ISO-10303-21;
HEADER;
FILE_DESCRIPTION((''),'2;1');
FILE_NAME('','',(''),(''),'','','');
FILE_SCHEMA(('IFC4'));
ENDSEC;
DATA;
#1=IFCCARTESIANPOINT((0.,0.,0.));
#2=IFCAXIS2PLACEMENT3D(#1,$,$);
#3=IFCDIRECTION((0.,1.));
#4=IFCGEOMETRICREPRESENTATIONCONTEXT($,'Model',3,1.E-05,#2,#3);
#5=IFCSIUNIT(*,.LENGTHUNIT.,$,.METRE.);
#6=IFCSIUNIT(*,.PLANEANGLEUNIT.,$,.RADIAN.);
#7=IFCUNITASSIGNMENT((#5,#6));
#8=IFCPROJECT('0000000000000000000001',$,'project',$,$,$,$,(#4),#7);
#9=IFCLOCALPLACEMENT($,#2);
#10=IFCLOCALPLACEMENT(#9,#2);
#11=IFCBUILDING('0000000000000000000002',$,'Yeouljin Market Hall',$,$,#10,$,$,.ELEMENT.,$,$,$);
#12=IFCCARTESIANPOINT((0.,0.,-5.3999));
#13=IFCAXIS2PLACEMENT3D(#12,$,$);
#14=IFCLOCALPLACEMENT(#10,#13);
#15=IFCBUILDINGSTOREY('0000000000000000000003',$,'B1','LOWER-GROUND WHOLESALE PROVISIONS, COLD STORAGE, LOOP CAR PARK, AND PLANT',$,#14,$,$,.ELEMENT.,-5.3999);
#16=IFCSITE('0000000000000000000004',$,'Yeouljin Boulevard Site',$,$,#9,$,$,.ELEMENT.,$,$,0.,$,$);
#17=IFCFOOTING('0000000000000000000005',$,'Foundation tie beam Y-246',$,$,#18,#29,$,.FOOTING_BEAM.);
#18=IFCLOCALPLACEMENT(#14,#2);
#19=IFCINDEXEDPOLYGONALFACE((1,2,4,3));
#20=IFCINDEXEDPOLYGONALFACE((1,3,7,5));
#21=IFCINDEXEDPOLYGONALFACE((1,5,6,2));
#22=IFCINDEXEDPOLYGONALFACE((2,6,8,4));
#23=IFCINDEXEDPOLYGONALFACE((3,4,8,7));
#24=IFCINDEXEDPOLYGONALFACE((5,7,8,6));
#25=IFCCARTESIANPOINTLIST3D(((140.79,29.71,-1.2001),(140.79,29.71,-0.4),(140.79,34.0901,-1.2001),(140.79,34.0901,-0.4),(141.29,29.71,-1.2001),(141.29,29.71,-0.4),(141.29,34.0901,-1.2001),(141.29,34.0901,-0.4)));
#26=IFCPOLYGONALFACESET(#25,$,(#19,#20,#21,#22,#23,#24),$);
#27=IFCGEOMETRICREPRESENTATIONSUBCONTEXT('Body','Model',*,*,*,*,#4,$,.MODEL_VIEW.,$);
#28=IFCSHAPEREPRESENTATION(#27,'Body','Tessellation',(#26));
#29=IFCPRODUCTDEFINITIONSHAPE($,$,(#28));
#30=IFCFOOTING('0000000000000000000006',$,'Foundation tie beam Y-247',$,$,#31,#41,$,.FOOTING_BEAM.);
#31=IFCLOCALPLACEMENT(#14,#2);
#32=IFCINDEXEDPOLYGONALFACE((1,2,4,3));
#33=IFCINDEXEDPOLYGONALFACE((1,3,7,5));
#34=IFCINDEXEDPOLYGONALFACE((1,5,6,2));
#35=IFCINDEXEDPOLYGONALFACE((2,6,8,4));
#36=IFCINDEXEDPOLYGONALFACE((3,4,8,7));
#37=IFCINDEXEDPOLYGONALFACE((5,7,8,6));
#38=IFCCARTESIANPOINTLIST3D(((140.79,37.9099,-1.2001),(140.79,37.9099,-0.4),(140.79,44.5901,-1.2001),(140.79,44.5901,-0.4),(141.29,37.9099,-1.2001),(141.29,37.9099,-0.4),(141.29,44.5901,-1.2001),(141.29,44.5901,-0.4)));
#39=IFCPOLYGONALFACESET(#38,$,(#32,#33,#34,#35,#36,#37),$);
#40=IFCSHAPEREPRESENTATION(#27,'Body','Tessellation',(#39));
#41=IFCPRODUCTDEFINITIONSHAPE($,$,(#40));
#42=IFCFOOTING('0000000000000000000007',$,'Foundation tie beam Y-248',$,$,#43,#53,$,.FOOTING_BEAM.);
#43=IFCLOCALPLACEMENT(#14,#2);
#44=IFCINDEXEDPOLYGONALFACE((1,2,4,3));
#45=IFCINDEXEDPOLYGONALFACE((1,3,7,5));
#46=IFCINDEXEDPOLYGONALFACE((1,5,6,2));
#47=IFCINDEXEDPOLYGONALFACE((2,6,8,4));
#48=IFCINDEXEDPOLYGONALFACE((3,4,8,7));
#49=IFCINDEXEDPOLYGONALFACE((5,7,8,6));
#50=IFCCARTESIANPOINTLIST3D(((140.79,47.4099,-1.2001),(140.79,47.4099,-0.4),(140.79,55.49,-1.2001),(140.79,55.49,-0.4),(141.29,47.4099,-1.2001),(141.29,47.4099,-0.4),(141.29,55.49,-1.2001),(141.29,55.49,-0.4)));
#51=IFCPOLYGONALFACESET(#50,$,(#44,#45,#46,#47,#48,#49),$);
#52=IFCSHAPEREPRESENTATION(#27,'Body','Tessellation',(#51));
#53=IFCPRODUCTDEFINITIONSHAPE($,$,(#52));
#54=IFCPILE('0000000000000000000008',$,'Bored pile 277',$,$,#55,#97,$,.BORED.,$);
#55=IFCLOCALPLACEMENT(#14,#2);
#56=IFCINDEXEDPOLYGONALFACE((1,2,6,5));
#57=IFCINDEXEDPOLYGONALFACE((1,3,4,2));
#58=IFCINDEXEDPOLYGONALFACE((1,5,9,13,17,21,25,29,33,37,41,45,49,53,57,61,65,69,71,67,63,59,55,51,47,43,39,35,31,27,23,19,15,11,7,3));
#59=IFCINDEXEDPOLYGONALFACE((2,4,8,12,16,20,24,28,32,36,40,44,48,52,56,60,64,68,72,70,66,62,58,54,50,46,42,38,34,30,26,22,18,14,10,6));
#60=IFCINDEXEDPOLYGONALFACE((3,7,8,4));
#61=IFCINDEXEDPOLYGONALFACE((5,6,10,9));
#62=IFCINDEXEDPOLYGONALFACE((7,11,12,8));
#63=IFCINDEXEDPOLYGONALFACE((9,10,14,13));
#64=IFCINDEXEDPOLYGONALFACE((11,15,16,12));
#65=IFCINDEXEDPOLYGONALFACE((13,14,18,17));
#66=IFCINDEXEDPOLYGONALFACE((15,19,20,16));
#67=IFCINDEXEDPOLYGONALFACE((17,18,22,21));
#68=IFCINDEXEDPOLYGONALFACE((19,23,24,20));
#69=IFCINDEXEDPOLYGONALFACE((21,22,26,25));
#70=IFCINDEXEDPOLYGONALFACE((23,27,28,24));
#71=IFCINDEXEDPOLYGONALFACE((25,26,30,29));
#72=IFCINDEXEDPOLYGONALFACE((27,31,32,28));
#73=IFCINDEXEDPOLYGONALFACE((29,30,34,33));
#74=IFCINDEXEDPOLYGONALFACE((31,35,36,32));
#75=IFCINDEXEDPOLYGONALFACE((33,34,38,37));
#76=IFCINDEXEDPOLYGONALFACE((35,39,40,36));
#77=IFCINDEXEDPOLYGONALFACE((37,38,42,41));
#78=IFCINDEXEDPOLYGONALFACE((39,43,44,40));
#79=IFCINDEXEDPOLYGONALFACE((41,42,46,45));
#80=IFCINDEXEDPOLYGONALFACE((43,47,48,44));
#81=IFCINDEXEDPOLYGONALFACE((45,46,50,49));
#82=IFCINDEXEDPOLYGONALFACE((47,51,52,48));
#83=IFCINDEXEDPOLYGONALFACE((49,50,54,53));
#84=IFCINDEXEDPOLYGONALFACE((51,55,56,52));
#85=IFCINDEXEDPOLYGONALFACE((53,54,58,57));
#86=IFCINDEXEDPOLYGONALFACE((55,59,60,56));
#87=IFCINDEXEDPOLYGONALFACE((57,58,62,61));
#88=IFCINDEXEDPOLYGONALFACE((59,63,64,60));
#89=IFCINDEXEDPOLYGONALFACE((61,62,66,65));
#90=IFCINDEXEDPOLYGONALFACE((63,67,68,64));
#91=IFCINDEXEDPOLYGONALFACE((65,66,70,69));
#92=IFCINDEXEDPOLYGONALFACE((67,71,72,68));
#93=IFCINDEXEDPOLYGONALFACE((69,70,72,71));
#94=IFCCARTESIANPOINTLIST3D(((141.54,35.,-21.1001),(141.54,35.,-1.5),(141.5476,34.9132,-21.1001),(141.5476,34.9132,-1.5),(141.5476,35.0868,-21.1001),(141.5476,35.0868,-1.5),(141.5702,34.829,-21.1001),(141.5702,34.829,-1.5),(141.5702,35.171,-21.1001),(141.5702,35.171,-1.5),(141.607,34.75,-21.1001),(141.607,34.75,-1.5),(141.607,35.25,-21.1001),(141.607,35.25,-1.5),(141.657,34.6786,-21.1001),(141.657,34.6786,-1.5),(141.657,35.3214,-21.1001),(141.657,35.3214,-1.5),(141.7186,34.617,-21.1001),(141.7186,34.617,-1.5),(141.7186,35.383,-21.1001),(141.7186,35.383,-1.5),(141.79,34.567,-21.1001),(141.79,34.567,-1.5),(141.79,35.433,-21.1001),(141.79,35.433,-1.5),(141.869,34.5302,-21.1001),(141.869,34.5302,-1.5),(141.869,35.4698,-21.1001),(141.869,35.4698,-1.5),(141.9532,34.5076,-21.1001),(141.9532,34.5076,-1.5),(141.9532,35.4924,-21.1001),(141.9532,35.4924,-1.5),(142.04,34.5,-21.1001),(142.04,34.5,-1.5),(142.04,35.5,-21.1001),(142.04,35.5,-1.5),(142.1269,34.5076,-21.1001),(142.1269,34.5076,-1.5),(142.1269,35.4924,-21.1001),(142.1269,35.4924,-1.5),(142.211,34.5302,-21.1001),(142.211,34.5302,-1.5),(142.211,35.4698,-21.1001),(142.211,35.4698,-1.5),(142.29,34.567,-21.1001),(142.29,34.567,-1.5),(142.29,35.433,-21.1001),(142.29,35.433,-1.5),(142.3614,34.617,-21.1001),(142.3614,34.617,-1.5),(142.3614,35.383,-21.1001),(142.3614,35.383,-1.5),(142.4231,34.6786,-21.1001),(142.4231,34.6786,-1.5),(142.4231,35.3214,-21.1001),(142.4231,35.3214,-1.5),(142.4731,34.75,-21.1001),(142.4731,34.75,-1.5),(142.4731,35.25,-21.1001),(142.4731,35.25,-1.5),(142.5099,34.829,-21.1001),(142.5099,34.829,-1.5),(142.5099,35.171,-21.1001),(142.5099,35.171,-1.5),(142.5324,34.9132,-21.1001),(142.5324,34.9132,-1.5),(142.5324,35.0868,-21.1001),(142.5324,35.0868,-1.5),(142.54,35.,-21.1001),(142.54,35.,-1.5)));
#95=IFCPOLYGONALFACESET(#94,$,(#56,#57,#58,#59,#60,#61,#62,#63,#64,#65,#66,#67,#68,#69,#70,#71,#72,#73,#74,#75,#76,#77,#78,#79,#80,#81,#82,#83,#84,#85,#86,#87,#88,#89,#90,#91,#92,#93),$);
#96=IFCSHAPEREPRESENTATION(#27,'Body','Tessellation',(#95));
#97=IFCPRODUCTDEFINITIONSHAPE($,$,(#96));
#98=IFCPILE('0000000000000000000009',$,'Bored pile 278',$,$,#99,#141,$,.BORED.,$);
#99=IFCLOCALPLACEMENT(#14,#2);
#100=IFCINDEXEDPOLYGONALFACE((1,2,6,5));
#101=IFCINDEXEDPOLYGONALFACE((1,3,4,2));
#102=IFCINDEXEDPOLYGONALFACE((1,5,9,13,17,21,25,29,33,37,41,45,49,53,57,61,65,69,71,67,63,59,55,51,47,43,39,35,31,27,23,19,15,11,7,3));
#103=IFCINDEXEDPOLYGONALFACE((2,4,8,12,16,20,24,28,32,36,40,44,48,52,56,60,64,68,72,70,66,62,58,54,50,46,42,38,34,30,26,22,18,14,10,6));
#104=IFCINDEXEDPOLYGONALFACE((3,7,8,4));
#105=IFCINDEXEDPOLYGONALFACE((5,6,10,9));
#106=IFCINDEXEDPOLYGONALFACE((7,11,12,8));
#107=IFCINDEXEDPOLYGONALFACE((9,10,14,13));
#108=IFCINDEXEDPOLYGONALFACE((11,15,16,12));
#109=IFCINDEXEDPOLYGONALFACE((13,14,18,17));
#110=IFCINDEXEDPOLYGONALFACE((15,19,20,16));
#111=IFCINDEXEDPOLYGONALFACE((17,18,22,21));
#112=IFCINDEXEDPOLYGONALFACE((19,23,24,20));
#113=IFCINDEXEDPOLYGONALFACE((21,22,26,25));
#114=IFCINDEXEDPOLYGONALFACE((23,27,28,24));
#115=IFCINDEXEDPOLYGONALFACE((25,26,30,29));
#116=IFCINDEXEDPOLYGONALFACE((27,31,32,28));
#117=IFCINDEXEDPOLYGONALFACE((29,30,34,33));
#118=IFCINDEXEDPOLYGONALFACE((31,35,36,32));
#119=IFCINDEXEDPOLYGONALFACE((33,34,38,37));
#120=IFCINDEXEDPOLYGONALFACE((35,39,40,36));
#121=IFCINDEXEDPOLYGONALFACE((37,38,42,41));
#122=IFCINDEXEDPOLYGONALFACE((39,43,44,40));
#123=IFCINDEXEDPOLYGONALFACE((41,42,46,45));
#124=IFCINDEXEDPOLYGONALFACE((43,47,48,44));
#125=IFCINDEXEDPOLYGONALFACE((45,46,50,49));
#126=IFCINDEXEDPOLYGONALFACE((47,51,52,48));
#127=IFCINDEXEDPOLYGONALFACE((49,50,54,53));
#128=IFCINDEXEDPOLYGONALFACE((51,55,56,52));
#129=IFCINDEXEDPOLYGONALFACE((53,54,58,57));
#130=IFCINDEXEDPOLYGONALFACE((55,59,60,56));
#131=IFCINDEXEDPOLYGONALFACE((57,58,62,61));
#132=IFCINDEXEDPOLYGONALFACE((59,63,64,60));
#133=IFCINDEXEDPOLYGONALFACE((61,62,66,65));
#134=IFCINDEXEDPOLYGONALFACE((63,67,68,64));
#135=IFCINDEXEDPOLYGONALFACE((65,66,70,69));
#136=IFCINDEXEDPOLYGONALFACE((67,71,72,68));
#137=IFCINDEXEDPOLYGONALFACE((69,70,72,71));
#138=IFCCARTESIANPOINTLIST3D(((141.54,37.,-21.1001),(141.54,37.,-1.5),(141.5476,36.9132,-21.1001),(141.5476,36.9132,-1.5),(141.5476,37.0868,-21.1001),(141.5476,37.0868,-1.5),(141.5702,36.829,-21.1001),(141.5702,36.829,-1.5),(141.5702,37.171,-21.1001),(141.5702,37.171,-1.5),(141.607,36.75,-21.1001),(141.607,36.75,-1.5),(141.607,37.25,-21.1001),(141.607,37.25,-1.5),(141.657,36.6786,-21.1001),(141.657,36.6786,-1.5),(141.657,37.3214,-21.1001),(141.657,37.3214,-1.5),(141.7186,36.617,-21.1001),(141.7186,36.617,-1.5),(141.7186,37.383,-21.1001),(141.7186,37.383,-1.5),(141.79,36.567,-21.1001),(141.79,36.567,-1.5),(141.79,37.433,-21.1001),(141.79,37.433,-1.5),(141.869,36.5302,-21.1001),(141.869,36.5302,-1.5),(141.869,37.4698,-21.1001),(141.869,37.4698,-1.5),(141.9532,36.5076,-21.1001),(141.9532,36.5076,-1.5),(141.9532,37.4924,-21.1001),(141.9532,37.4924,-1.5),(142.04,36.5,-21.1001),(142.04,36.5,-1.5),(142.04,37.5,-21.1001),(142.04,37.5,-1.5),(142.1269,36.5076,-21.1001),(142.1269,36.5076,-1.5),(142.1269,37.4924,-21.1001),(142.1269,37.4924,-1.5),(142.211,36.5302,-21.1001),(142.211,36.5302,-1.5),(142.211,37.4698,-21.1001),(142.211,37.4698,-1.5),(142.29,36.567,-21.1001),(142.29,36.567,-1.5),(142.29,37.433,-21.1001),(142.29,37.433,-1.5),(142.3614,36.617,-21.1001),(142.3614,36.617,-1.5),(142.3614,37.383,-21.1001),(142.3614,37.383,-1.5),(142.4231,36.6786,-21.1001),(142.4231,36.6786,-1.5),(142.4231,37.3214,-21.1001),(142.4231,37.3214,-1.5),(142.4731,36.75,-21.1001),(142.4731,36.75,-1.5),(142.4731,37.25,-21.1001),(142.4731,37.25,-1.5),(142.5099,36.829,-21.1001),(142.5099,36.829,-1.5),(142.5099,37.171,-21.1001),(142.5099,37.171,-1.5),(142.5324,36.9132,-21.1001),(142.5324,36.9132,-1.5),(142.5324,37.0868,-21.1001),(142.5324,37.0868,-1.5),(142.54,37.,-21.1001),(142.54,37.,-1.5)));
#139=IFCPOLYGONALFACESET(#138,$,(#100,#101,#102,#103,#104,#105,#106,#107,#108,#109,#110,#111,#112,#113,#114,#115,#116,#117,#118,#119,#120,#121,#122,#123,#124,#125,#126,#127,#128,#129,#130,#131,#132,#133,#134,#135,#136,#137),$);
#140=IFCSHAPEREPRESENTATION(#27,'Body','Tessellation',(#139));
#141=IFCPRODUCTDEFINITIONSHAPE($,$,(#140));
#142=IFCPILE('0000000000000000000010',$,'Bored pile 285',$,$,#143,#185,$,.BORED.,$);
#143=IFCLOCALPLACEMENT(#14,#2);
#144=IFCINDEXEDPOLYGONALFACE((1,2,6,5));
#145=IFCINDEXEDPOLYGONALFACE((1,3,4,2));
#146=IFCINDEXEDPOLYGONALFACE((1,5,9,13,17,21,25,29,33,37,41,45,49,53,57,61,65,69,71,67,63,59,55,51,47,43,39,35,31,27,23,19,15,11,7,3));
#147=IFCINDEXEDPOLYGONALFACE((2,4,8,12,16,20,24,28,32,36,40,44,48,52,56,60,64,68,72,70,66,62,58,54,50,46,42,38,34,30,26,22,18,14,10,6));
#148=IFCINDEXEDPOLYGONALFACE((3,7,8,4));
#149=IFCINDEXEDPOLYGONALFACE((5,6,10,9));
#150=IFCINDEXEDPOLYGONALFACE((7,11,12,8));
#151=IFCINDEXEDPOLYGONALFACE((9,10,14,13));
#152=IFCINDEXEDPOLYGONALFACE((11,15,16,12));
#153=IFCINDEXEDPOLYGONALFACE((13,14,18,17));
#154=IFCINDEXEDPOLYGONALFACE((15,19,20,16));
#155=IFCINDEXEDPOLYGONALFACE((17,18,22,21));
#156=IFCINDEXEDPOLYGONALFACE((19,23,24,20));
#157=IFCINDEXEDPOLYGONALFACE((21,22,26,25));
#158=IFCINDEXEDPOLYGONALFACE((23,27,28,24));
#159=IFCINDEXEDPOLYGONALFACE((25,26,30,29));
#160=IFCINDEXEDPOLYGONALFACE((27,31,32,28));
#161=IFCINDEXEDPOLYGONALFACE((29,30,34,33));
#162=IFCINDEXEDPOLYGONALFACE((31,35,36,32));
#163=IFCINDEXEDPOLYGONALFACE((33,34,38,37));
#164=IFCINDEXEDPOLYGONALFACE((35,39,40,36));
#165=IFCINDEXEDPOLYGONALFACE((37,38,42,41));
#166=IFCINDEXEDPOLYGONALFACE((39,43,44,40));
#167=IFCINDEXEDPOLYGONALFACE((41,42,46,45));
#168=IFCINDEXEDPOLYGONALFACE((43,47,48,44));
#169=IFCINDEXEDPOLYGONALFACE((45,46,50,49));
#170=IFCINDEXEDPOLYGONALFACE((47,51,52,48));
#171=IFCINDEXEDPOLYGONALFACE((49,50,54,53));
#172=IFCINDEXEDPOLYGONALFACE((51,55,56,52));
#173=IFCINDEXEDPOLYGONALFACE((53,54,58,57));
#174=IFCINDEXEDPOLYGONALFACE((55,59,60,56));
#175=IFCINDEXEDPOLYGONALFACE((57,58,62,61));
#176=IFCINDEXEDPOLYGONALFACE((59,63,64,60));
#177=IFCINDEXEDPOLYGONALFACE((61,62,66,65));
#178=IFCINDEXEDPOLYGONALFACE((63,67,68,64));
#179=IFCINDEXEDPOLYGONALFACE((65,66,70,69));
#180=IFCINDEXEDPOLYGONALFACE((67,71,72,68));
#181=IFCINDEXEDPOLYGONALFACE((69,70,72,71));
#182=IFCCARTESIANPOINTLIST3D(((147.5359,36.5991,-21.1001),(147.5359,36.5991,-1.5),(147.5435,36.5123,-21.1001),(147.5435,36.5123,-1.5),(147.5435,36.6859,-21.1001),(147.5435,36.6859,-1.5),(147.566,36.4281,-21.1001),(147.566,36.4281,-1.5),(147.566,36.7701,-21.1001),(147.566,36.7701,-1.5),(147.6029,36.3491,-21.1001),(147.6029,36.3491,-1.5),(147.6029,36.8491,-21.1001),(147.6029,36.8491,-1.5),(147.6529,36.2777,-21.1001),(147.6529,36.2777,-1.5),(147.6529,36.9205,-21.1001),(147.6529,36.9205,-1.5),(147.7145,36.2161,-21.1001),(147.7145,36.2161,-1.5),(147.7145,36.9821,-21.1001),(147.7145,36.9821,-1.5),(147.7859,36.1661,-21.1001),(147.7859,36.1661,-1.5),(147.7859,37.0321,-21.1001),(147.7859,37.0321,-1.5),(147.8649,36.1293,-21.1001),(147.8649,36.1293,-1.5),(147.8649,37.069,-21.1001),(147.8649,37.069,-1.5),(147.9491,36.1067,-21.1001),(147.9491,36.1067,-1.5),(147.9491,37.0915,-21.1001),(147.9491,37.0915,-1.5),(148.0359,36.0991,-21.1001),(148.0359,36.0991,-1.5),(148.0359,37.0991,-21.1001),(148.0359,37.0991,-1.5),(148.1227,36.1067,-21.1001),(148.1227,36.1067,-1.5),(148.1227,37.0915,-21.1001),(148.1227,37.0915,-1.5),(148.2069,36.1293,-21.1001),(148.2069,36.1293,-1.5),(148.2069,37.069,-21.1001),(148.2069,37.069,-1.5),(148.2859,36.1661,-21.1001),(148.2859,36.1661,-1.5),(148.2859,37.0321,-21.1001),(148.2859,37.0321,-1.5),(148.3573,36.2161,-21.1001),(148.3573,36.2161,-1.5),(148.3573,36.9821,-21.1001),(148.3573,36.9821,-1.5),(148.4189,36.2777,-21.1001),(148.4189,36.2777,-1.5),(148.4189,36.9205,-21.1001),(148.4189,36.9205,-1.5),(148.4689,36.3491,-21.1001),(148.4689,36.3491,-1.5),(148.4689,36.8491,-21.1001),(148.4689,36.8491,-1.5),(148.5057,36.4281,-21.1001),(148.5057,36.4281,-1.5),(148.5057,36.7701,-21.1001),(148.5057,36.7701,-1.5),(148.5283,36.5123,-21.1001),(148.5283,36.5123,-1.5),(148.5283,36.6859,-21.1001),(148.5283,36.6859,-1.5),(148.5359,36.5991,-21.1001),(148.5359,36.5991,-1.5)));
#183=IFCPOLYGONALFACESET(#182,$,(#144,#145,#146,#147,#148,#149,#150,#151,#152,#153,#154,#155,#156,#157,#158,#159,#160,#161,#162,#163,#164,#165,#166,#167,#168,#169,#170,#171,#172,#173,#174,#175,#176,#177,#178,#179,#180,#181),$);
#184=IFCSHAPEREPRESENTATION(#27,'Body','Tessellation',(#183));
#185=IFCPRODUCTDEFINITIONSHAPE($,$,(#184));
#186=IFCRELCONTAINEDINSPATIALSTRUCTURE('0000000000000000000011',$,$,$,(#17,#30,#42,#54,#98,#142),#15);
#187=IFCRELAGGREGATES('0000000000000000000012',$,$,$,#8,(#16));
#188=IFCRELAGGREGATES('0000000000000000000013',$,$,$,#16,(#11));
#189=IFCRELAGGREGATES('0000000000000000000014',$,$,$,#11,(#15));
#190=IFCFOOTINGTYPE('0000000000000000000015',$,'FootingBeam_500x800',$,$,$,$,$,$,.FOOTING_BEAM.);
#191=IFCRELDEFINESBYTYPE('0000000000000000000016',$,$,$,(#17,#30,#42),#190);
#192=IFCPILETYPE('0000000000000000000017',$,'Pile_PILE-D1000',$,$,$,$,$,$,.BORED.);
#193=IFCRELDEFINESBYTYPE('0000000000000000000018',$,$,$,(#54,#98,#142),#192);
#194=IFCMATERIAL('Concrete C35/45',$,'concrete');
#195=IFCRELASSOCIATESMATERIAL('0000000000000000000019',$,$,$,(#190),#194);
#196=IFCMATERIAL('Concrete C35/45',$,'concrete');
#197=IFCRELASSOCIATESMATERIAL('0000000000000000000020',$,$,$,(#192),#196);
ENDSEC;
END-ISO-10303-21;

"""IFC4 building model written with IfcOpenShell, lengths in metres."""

from ifc_helpers import new_model, si_unit, direction, frame, origin, origin_2d, place, context, subcontext, project, spatial, rectangle, circle, extrude, material, material_profile, profile_set, type_object, element, save


model = new_model("IFC4")

# Units and contexts
model_context = context("Model", 3, precision=1e-05, world=origin(), true_north=direction((0.0, 1.0)))
body_context = subcontext(model_context, "Body", "Model", "MODEL_VIEW")
ifc_project = project(units=[si_unit("LENGTHUNIT", "METRE"), si_unit("PLANEANGLEUNIT", "RADIAN")], contexts=[model_context])

# Site, building, storey
site_placement = place(None, origin())
site = spatial("IfcSite", under=ifc_project, at=site_placement, Name="Yeouljin Boulevard Site", CompositionType="ELEMENT", RefElevation=0.0)
building_placement = place(site_placement, origin())
building = spatial("IfcBuilding", under=site, at=building_placement, Name="Yeouljin Market Hall", CompositionType="ELEMENT")
storey_placement = place(building_placement, frame((0.0, 0.0, -5.3999)))
storey = spatial("IfcBuildingStorey", under=building, at=storey_placement, Name="B1", Description="LOWER-GROUND WHOLESALE PROVISIONS, COLD STORAGE, LOOP CAR PARK, AND PLANT", CompositionType="ELEMENT", Elevation=-5.3999)

# Footings
ifc_material_1 = material(Name="Concrete C35/45", Category="concrete")
ifc_material_profile_1 = material_profile(ifc_material_1, rectangle(XDim=0.5, YDim=0.8, at=origin_2d()), Name="RC-500x800")
ifc_profile_set_1 = profile_set([ifc_material_profile_1], Name="Concrete C35/45")
footing_type_1 = type_object("IfcFootingType", Name="FootingBeam_500x800", PredefinedType="FOOTING_BEAM", material=ifc_profile_set_1)
footing_1_placement = place(storey_placement, frame((141.04, 29.71, -0.8), z_axis=(0.0, 1.0, 0.0), x_axis=(-1.0, 0.0, 0.0)))
element("IfcFooting", 1, at=footing_1_placement, inside=storey, type_object=footing_type_1, Name="Foundation tie beam Y-246", PredefinedType="FOOTING_BEAM", context=body_context, shape_type="SweptSolid", body=[
    extrude(rectangle(XDim=0.5, YDim=0.8, at=origin_2d()), origin(), (0.0, 0.0, 1.0), 4.3801),
])
footing_2_placement = place(storey_placement, frame((141.04, 37.9099, -0.8), z_axis=(0.0, 1.0, 0.0), x_axis=(-1.0, 0.0, 0.0)))
element("IfcFooting", 2, at=footing_2_placement, inside=storey, type_object=footing_type_1, Name="Foundation tie beam Y-247", PredefinedType="FOOTING_BEAM", context=body_context, shape_type="SweptSolid", body=[
    extrude(rectangle(XDim=0.5, YDim=0.8, at=origin_2d()), origin(), (0.0, 0.0, 1.0), 6.6802),
])
footing_3_placement = place(storey_placement, frame((141.04, 47.4099, -0.8), z_axis=(0.0, 1.0, 0.0), x_axis=(-1.0, 0.0, 0.0)))
element("IfcFooting", 3, at=footing_3_placement, inside=storey, type_object=footing_type_1, Name="Foundation tie beam Y-248", PredefinedType="FOOTING_BEAM", context=body_context, shape_type="SweptSolid", body=[
    extrude(rectangle(XDim=0.5, YDim=0.8, at=origin_2d()), origin(), (0.0, 0.0, 1.0), 8.0801),
])

# Piles
ifc_material_2 = material(Name="Concrete C35/45", Category="concrete")
ifc_material_profile_2 = material_profile(ifc_material_2, circle(Radius=0.5, at=origin_2d()), Name="PILE-D1000")
ifc_profile_set_2 = profile_set([ifc_material_profile_2], Name="Concrete C35/45")
pile_type_1 = type_object("IfcPileType", Name="Pile_PILE-D1000", PredefinedType="BORED", material=ifc_profile_set_2)
for number, where, z_axis, x_axis, name in (
    (4, (142.04, 35.0, -1.5), (0.0, 0.0, -1.0), (1.0, 0.0, 0.0), "Bored pile 277"),
    (5, (142.04, 37.0, -1.5), (0.0, 0.0, -1.0), (1.0, 0.0, 0.0), "Bored pile 278"),
    (6, (148.0359, 36.5991, -1.5), (0.0, 0.0, -1.0), (1.0, 0.0, 0.0), "Bored pile 285"),
):
    element("IfcPile", number, at=place(storey_placement, frame(where, z_axis=z_axis, x_axis=x_axis)), inside=storey, type_object=pile_type_1, Name=name, PredefinedType="BORED", context=body_context, shape_type="SweptSolid", body=[
        extrude(circle(Radius=0.5, at=origin_2d()), origin(), (0.0, 0.0, 1.0), 19.6001),
    ])

save(model, "model.ifc")
